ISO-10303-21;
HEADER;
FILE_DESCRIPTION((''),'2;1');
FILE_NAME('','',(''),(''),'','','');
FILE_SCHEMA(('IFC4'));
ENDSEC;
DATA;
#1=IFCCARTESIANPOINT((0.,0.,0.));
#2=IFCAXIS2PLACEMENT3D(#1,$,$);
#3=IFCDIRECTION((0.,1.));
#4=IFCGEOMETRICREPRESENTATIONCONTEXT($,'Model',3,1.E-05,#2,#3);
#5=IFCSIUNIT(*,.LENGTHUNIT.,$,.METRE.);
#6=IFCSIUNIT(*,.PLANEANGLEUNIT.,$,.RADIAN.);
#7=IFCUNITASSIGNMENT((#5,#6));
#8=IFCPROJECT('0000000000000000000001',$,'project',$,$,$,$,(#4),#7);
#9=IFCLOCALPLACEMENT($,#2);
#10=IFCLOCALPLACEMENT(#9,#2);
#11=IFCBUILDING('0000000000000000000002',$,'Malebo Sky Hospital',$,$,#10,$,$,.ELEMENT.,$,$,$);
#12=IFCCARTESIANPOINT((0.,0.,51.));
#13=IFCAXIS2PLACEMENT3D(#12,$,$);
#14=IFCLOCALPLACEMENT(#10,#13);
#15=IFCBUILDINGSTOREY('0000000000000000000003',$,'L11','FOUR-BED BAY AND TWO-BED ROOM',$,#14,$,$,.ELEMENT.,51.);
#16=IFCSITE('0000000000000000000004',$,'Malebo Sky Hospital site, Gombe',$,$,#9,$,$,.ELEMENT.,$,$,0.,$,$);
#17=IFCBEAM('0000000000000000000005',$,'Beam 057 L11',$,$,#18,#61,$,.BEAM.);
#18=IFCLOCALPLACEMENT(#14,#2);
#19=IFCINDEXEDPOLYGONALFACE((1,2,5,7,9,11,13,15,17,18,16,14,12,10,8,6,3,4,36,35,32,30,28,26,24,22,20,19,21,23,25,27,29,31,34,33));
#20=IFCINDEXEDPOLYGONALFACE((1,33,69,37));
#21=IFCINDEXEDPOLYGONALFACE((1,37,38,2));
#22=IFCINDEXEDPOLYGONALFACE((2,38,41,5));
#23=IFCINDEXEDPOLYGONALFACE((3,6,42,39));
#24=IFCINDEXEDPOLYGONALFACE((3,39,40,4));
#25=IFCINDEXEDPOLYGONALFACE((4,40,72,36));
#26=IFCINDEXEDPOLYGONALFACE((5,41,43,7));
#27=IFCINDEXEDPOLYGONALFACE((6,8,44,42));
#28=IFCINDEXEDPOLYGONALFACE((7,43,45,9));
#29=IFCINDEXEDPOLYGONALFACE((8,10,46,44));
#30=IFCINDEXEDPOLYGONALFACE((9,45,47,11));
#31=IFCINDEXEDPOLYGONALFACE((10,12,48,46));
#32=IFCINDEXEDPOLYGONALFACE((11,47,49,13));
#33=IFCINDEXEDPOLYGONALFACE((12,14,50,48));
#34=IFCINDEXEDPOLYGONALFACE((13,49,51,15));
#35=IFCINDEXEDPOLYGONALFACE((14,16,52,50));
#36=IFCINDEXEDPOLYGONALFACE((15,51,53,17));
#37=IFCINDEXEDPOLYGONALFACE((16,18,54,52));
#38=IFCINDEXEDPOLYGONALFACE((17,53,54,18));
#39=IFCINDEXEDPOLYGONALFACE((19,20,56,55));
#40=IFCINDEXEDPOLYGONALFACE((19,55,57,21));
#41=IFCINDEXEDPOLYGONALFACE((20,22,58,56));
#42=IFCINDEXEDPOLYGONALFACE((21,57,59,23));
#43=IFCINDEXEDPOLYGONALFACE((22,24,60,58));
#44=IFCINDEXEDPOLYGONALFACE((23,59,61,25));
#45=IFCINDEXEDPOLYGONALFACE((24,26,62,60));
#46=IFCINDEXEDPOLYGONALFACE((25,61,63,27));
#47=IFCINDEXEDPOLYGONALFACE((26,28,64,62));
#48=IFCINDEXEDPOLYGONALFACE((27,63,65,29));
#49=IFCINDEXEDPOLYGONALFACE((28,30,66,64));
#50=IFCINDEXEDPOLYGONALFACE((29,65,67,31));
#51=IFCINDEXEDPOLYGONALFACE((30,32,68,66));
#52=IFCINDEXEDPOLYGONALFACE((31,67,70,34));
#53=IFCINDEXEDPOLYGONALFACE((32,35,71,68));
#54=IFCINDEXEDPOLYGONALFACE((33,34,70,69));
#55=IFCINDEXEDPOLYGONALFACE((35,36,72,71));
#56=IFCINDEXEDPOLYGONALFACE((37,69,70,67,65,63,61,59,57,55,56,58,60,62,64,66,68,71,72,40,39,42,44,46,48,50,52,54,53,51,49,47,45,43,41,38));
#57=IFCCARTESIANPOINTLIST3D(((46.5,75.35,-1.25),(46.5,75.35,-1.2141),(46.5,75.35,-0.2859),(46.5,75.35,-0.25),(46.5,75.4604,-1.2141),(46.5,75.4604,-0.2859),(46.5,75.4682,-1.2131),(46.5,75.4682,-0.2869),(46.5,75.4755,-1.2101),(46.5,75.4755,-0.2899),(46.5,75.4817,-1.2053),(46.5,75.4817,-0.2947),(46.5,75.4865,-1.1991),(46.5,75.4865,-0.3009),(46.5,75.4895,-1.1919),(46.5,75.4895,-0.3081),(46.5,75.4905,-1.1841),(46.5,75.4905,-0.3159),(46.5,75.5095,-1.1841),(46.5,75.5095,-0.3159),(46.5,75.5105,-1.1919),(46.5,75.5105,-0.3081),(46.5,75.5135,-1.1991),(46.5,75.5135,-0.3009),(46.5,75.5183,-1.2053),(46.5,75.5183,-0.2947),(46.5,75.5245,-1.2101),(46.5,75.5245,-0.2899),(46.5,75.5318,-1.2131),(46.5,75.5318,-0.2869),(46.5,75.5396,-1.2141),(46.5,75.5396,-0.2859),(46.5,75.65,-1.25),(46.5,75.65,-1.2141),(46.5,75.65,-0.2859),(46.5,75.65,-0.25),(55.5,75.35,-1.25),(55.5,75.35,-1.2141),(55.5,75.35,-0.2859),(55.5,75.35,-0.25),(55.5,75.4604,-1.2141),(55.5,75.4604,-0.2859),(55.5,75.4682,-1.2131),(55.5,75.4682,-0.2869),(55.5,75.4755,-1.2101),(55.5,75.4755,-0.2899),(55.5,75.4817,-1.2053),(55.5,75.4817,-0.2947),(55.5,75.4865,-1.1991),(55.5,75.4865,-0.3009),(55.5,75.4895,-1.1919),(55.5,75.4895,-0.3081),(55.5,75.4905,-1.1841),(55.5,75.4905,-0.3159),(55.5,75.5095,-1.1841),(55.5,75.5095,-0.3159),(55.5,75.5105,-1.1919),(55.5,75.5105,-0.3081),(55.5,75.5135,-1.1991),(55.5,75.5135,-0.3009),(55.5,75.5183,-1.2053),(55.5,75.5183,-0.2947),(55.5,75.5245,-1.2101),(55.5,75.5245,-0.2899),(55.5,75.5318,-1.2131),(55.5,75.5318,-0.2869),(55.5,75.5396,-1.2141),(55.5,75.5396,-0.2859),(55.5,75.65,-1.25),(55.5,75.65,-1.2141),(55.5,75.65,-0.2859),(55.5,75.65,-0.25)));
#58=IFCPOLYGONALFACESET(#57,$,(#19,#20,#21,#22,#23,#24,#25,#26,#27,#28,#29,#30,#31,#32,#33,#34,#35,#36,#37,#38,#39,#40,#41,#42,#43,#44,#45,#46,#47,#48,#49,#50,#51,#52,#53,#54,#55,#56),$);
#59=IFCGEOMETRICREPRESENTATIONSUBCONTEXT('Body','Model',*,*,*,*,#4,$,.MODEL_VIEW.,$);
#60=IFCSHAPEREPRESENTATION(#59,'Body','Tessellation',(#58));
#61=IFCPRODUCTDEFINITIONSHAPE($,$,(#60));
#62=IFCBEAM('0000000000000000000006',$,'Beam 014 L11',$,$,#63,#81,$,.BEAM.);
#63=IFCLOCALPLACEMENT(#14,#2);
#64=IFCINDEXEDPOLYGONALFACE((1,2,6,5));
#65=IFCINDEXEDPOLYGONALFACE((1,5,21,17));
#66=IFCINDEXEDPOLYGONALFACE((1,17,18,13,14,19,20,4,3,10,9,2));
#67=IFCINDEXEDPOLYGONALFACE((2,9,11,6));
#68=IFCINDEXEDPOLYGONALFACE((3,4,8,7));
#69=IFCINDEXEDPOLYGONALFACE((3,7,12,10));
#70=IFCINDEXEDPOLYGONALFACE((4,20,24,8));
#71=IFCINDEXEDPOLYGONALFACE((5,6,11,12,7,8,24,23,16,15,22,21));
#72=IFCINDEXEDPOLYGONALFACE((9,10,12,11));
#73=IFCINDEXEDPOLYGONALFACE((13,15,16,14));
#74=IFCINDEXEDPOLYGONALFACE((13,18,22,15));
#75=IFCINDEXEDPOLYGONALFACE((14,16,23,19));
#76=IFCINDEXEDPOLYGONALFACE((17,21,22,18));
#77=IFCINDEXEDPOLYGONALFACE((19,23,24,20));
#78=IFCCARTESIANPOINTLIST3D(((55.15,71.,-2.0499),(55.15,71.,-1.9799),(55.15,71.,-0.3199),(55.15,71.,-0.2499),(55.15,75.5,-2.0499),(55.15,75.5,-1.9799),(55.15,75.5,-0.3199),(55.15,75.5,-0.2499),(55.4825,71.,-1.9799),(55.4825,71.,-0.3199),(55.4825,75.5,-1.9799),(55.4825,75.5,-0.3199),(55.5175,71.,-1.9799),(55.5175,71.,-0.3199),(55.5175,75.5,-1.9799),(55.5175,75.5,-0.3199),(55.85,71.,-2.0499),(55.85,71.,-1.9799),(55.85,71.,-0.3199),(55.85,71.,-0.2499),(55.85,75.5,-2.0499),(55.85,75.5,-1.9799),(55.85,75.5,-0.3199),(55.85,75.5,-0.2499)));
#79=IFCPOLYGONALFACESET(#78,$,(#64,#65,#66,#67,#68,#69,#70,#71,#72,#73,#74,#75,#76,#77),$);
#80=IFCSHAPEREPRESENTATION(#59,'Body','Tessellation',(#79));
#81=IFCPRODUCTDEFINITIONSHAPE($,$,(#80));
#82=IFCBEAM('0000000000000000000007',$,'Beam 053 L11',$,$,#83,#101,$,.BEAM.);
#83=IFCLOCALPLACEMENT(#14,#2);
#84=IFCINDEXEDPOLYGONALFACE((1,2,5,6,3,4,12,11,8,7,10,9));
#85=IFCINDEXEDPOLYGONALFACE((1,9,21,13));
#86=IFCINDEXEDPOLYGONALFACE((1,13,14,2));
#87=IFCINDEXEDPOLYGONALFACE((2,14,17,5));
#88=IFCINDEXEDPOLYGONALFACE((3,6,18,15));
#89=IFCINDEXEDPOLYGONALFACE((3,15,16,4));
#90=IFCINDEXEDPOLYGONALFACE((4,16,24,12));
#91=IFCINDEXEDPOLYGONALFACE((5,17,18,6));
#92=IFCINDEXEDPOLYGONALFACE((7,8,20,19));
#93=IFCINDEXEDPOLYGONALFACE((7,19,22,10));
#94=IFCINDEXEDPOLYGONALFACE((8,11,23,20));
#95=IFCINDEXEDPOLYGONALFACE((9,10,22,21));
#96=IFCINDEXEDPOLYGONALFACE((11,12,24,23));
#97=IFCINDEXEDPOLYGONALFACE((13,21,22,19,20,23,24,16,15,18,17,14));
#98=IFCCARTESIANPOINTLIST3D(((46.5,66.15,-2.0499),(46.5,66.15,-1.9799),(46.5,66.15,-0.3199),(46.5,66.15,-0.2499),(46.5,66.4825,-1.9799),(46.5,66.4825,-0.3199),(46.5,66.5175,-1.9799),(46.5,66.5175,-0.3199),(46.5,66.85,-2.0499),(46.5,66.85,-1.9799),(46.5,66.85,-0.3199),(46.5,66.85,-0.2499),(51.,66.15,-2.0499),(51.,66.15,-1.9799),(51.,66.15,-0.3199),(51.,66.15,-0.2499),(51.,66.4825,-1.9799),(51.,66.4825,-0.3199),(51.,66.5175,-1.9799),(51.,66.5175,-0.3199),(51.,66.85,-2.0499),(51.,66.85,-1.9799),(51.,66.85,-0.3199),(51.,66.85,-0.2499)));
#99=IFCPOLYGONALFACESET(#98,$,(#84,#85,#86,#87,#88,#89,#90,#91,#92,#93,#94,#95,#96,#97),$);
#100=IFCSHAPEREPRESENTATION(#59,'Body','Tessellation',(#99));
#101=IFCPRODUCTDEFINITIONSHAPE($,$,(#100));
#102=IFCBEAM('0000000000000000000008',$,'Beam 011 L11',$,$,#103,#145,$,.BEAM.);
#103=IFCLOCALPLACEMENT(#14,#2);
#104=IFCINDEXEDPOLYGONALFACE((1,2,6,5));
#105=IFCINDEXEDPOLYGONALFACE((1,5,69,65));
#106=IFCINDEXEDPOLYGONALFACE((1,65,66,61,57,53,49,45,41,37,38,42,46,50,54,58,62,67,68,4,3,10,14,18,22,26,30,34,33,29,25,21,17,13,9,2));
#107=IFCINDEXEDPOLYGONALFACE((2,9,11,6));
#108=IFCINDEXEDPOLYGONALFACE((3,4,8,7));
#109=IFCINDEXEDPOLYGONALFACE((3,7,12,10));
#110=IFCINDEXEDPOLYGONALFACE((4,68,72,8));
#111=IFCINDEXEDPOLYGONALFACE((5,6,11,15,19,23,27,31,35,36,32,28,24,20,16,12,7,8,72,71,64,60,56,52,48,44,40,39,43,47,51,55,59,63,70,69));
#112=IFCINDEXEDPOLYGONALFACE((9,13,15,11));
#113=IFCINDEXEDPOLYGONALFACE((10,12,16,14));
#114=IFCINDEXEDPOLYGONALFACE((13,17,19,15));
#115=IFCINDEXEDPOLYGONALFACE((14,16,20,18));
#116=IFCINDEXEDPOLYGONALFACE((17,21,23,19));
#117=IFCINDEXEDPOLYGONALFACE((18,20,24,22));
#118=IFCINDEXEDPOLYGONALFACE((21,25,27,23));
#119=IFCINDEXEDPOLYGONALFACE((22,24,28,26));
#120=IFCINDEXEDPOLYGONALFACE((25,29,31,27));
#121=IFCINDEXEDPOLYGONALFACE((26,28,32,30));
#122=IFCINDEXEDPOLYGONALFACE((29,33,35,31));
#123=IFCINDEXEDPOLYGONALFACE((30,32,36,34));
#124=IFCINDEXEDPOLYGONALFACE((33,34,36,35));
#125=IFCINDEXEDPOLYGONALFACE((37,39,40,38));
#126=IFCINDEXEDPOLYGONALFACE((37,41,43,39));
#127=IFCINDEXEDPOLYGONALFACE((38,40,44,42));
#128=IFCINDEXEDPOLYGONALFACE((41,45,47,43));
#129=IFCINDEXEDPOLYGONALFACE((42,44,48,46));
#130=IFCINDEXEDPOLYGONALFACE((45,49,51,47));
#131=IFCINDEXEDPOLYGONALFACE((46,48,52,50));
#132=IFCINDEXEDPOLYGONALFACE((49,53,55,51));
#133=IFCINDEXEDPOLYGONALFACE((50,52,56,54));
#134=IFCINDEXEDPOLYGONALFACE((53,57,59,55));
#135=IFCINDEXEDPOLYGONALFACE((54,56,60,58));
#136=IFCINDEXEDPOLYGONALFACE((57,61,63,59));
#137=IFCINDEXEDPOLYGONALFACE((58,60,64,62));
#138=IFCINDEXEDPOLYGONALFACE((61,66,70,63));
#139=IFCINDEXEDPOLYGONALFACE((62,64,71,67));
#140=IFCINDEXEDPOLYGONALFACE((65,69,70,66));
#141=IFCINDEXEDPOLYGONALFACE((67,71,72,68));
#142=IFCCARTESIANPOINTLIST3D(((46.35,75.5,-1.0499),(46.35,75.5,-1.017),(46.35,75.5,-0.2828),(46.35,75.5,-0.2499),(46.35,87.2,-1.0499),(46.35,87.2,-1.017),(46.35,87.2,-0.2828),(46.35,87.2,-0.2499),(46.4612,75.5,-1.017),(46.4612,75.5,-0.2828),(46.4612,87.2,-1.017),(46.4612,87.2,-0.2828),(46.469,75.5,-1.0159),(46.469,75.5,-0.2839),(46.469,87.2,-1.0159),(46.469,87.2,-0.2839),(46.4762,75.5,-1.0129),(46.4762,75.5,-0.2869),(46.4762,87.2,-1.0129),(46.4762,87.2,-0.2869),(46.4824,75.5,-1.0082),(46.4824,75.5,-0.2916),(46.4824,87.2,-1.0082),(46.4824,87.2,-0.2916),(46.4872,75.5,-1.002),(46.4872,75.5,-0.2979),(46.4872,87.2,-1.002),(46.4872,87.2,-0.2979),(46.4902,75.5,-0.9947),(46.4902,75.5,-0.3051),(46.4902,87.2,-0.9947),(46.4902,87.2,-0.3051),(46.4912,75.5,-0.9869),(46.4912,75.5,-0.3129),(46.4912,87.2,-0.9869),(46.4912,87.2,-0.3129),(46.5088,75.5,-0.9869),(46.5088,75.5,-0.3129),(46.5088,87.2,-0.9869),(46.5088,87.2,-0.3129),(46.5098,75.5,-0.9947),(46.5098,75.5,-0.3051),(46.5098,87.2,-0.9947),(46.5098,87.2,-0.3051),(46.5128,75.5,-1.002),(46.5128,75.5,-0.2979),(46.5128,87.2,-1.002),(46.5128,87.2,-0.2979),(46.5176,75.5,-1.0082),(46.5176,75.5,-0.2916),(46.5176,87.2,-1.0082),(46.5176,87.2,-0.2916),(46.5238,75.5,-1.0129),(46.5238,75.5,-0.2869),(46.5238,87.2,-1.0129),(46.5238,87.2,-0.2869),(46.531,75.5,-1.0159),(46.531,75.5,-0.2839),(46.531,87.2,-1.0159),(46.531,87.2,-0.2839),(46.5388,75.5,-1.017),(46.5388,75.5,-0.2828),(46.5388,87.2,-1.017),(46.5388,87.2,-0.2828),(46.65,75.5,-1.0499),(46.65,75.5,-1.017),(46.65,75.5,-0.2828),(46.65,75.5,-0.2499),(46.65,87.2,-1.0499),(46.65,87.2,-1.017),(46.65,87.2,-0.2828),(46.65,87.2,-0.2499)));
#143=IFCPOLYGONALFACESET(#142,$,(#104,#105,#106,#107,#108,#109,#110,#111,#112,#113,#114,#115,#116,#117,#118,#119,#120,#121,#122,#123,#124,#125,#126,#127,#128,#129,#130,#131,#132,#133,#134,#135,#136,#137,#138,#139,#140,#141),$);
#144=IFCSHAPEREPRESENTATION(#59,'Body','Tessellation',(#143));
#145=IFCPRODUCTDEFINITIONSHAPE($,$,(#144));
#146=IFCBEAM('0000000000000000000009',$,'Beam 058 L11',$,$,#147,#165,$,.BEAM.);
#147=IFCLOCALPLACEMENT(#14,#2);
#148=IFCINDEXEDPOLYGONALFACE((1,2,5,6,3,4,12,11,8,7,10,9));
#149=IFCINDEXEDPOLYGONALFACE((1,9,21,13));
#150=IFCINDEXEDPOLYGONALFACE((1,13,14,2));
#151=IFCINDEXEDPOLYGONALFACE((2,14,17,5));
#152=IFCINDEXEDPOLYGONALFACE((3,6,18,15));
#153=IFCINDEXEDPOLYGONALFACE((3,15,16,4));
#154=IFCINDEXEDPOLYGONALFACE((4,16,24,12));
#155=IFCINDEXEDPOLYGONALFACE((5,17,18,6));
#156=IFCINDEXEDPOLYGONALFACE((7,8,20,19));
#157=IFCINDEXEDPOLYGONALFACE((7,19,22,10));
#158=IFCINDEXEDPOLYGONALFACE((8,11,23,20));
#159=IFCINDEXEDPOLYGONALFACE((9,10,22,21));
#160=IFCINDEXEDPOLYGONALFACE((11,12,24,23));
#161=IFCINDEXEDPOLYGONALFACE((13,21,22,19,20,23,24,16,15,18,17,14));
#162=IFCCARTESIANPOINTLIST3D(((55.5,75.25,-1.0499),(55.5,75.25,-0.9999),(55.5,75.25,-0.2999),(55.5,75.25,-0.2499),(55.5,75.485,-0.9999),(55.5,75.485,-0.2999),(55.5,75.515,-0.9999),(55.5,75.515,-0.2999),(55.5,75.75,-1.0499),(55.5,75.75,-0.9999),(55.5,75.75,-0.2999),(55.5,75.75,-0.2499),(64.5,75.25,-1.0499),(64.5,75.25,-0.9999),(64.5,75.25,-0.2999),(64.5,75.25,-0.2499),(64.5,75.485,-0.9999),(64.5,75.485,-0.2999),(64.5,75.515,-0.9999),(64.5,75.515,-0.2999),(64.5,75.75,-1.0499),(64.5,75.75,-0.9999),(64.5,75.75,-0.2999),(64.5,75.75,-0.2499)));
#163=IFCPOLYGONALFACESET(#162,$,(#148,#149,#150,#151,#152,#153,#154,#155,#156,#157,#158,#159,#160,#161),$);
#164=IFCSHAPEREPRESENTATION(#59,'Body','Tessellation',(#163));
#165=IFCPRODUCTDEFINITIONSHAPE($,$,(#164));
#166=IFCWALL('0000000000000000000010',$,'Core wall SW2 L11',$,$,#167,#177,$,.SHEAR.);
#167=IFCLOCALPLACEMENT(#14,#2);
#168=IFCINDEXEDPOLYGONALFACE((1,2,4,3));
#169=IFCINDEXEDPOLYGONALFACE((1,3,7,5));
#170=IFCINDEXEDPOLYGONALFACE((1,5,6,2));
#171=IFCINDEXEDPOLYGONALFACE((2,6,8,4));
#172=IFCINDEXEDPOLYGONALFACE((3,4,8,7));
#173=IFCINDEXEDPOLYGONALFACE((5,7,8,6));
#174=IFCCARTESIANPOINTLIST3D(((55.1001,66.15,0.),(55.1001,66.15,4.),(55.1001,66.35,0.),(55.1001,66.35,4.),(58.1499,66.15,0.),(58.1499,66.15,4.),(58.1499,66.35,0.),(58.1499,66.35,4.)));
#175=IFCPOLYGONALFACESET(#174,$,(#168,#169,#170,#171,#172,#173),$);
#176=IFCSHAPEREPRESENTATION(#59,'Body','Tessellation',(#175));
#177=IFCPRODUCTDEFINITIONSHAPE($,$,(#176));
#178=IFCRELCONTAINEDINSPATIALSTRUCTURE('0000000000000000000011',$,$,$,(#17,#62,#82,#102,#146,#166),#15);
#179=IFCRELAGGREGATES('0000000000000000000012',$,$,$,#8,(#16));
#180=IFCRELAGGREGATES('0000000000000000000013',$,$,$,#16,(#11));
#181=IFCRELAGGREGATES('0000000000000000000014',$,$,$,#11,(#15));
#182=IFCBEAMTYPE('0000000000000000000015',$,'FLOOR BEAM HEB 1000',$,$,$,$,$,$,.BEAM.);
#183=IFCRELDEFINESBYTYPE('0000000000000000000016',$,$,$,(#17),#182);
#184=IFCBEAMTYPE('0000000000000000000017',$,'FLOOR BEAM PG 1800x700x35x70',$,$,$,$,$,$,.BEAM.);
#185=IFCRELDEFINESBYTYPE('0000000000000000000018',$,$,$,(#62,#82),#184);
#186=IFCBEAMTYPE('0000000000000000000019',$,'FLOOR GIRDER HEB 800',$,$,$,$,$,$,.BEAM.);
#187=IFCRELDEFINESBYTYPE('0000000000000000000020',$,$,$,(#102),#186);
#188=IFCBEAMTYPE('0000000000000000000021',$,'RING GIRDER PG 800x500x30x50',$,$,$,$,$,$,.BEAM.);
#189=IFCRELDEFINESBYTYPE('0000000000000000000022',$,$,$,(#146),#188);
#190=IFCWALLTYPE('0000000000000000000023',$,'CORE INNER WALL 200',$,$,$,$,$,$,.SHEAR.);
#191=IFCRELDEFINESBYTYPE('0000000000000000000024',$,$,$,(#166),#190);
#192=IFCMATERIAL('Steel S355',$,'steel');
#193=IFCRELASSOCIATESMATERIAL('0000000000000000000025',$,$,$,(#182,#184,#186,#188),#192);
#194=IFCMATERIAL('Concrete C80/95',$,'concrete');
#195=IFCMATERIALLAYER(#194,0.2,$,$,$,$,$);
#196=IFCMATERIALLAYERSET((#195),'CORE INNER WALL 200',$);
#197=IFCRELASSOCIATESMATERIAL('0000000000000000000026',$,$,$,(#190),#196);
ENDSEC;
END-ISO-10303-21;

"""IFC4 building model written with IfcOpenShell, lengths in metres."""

from ifc_helpers import new_model, si_unit, direction, frame, frame_2d, origin, origin_2d, place, context, subcontext, project, spatial, rectangle, i_section, extrude, material, layer, layer_set, material_profile, profile_set, type_object, element, save


model = new_model("IFC4")

# Units and contexts
model_context = context("Model", 3, precision=1e-05, world=origin(), true_north=direction((0.0, 1.0)))
body_context = subcontext(model_context, "Body", "Model", "MODEL_VIEW")
ifc_project = project(units=[si_unit("LENGTHUNIT", "METRE"), si_unit("PLANEANGLEUNIT", "RADIAN")], contexts=[model_context])

# Site, building, storey
site_placement = place(None, origin())
site = spatial("IfcSite", under=ifc_project, at=site_placement, Name="Malebo Sky Hospital site, Gombe", CompositionType="ELEMENT", RefElevation=0.0)
building_placement = place(site_placement, origin())
building = spatial("IfcBuilding", under=site, at=building_placement, Name="Malebo Sky Hospital", CompositionType="ELEMENT")
storey_placement = place(building_placement, frame((0.0, 0.0, 51.0)))
storey = spatial("IfcBuildingStorey", under=building, at=storey_placement, Name="L11", Description="FOUR-BED BAY AND TWO-BED ROOM", CompositionType="ELEMENT", Elevation=51.0)

# Beams
ifc_material_1 = material(Name="Steel S355", Category="steel")
ifc_material_profile_1 = material_profile(ifc_material_1, i_section(OverallWidth=0.3, OverallDepth=1.0, WebThickness=0.019, FlangeThickness=0.0359, FilletRadius=0.03, at=origin_2d()), Name="HEB 1000")
ifc_profile_set_1 = profile_set([ifc_material_profile_1], Name="Steel S355")
beam_type_1 = type_object("IfcBeamType", Name="FLOOR BEAM HEB 1000", PredefinedType="BEAM", material=ifc_profile_set_1)
beam_1_placement = place(storey_placement, frame((46.5, 75.5, -0.75), z_axis=(1.0, 0.0, 0.0), x_axis=(0.0, 1.0, 0.0)))
element("IfcBeam", 1, at=beam_1_placement, inside=storey, type_object=beam_type_1, Name="Beam 057 L11", PredefinedType="BEAM", context=body_context, shape_type="SweptSolid", body=[
    extrude(i_section(OverallWidth=0.3, OverallDepth=1.0, WebThickness=0.019, FlangeThickness=0.0359, FilletRadius=0.03, at=origin_2d()), origin(), (0.0, 0.0, 1.0), 9.0),
])
ifc_material_profile_2 = material_profile(ifc_material_1, i_section(OverallWidth=0.7, OverallDepth=1.8, WebThickness=0.0349, FlangeThickness=0.0701, at=origin_2d()), Name="PG 1800x700x35x70")
ifc_profile_set_2 = profile_set([ifc_material_profile_2], Name="Steel S355")
beam_type_2 = type_object("IfcBeamType", Name="FLOOR BEAM PG 1800x700x35x70", PredefinedType="BEAM", material=ifc_profile_set_2)
for number, where, z_axis, x_axis, name in (
    (2, (55.5, 71.0, -1.1499), (0.0, 1.0, 0.0), (-1.0, 0.0, 0.0), "Beam 014 L11"),
    (3, (46.5, 66.5, -1.1499), (1.0, 0.0, 0.0), (0.0, 1.0, 0.0), "Beam 053 L11"),
):
    element("IfcBeam", number, at=place(storey_placement, frame(where, z_axis=z_axis, x_axis=x_axis)), inside=storey, type_object=beam_type_2, Name=name, PredefinedType="BEAM", context=body_context, shape_type="SweptSolid", body=[
        extrude(i_section(OverallWidth=0.7, OverallDepth=1.8, WebThickness=0.0349, FlangeThickness=0.0701, at=origin_2d()), origin(), (0.0, 0.0, 1.0), 4.5),
    ])
ifc_material_profile_3 = material_profile(ifc_material_1, i_section(OverallWidth=0.3, OverallDepth=0.8, WebThickness=0.0176, FlangeThickness=0.033, FilletRadius=0.03, at=origin_2d()), Name="HEB 800")
ifc_profile_set_3 = profile_set([ifc_material_profile_3], Name="Steel S355")
beam_type_3 = type_object("IfcBeamType", Name="FLOOR GIRDER HEB 800", PredefinedType="BEAM", material=ifc_profile_set_3)
beam_2_placement = place(storey_placement, frame((46.5, 75.5, -0.6499), z_axis=(0.0, 1.0, 0.0), x_axis=(-1.0, 0.0, 0.0)))
element("IfcBeam", 4, at=beam_2_placement, inside=storey, type_object=beam_type_3, Name="Beam 011 L11", PredefinedType="BEAM", context=body_context, shape_type="SweptSolid", body=[
    extrude(i_section(OverallWidth=0.3, OverallDepth=0.8, WebThickness=0.0176, FlangeThickness=0.033, FilletRadius=0.03, at=origin_2d()), origin(), (0.0, 0.0, 1.0), 11.7),
])
ifc_material_profile_4 = material_profile(ifc_material_1, i_section(OverallWidth=0.5, OverallDepth=0.8, WebThickness=0.03, FlangeThickness=0.05, at=origin_2d()), Name="PG 800x500x30x50")
ifc_profile_set_4 = profile_set([ifc_material_profile_4], Name="Steel S355")
beam_type_4 = type_object("IfcBeamType", Name="RING GIRDER PG 800x500x30x50", PredefinedType="BEAM", material=ifc_profile_set_4)
beam_3_placement = place(storey_placement, frame((55.5, 75.5, -0.6499), z_axis=(1.0, 0.0, 0.0), x_axis=(0.0, 1.0, 0.0)))
element("IfcBeam", 5, at=beam_3_placement, inside=storey, type_object=beam_type_4, Name="Beam 058 L11", PredefinedType="BEAM", context=body_context, shape_type="SweptSolid", body=[
    extrude(i_section(OverallWidth=0.5, OverallDepth=0.8, WebThickness=0.03, FlangeThickness=0.05, at=origin_2d()), origin(), (0.0, 0.0, 1.0), 9.0),
])

# Wall
ifc_material_2 = material(Name="Concrete C80/95", Category="concrete")
ifc_layer_1 = layer(ifc_material_2, 0.2)
ifc_layer_set_1 = layer_set([ifc_layer_1], Name="CORE INNER WALL 200")
wall_type_1 = type_object("IfcWallType", Name="CORE INNER WALL 200", PredefinedType="SHEAR", material=ifc_layer_set_1)
wall_1_placement = place(storey_placement, frame((55.1001, 66.25, 0.0), z_axis=(0.0, 0.0, 1.0), x_axis=(1.0, 0.0, 0.0)))
element("IfcWall", 6, at=wall_1_placement, inside=storey, type_object=wall_type_1, Name="Core wall SW2 L11", PredefinedType="SHEAR", context=body_context, shape_type="SweptSolid", body=[
    extrude(rectangle(XDim=3.0498, YDim=0.2, at=frame_2d((1.5249, 0.0))), origin(), (0.0, 0.0, 1.0), 4.0),
])

save(model, "model.ifc")
